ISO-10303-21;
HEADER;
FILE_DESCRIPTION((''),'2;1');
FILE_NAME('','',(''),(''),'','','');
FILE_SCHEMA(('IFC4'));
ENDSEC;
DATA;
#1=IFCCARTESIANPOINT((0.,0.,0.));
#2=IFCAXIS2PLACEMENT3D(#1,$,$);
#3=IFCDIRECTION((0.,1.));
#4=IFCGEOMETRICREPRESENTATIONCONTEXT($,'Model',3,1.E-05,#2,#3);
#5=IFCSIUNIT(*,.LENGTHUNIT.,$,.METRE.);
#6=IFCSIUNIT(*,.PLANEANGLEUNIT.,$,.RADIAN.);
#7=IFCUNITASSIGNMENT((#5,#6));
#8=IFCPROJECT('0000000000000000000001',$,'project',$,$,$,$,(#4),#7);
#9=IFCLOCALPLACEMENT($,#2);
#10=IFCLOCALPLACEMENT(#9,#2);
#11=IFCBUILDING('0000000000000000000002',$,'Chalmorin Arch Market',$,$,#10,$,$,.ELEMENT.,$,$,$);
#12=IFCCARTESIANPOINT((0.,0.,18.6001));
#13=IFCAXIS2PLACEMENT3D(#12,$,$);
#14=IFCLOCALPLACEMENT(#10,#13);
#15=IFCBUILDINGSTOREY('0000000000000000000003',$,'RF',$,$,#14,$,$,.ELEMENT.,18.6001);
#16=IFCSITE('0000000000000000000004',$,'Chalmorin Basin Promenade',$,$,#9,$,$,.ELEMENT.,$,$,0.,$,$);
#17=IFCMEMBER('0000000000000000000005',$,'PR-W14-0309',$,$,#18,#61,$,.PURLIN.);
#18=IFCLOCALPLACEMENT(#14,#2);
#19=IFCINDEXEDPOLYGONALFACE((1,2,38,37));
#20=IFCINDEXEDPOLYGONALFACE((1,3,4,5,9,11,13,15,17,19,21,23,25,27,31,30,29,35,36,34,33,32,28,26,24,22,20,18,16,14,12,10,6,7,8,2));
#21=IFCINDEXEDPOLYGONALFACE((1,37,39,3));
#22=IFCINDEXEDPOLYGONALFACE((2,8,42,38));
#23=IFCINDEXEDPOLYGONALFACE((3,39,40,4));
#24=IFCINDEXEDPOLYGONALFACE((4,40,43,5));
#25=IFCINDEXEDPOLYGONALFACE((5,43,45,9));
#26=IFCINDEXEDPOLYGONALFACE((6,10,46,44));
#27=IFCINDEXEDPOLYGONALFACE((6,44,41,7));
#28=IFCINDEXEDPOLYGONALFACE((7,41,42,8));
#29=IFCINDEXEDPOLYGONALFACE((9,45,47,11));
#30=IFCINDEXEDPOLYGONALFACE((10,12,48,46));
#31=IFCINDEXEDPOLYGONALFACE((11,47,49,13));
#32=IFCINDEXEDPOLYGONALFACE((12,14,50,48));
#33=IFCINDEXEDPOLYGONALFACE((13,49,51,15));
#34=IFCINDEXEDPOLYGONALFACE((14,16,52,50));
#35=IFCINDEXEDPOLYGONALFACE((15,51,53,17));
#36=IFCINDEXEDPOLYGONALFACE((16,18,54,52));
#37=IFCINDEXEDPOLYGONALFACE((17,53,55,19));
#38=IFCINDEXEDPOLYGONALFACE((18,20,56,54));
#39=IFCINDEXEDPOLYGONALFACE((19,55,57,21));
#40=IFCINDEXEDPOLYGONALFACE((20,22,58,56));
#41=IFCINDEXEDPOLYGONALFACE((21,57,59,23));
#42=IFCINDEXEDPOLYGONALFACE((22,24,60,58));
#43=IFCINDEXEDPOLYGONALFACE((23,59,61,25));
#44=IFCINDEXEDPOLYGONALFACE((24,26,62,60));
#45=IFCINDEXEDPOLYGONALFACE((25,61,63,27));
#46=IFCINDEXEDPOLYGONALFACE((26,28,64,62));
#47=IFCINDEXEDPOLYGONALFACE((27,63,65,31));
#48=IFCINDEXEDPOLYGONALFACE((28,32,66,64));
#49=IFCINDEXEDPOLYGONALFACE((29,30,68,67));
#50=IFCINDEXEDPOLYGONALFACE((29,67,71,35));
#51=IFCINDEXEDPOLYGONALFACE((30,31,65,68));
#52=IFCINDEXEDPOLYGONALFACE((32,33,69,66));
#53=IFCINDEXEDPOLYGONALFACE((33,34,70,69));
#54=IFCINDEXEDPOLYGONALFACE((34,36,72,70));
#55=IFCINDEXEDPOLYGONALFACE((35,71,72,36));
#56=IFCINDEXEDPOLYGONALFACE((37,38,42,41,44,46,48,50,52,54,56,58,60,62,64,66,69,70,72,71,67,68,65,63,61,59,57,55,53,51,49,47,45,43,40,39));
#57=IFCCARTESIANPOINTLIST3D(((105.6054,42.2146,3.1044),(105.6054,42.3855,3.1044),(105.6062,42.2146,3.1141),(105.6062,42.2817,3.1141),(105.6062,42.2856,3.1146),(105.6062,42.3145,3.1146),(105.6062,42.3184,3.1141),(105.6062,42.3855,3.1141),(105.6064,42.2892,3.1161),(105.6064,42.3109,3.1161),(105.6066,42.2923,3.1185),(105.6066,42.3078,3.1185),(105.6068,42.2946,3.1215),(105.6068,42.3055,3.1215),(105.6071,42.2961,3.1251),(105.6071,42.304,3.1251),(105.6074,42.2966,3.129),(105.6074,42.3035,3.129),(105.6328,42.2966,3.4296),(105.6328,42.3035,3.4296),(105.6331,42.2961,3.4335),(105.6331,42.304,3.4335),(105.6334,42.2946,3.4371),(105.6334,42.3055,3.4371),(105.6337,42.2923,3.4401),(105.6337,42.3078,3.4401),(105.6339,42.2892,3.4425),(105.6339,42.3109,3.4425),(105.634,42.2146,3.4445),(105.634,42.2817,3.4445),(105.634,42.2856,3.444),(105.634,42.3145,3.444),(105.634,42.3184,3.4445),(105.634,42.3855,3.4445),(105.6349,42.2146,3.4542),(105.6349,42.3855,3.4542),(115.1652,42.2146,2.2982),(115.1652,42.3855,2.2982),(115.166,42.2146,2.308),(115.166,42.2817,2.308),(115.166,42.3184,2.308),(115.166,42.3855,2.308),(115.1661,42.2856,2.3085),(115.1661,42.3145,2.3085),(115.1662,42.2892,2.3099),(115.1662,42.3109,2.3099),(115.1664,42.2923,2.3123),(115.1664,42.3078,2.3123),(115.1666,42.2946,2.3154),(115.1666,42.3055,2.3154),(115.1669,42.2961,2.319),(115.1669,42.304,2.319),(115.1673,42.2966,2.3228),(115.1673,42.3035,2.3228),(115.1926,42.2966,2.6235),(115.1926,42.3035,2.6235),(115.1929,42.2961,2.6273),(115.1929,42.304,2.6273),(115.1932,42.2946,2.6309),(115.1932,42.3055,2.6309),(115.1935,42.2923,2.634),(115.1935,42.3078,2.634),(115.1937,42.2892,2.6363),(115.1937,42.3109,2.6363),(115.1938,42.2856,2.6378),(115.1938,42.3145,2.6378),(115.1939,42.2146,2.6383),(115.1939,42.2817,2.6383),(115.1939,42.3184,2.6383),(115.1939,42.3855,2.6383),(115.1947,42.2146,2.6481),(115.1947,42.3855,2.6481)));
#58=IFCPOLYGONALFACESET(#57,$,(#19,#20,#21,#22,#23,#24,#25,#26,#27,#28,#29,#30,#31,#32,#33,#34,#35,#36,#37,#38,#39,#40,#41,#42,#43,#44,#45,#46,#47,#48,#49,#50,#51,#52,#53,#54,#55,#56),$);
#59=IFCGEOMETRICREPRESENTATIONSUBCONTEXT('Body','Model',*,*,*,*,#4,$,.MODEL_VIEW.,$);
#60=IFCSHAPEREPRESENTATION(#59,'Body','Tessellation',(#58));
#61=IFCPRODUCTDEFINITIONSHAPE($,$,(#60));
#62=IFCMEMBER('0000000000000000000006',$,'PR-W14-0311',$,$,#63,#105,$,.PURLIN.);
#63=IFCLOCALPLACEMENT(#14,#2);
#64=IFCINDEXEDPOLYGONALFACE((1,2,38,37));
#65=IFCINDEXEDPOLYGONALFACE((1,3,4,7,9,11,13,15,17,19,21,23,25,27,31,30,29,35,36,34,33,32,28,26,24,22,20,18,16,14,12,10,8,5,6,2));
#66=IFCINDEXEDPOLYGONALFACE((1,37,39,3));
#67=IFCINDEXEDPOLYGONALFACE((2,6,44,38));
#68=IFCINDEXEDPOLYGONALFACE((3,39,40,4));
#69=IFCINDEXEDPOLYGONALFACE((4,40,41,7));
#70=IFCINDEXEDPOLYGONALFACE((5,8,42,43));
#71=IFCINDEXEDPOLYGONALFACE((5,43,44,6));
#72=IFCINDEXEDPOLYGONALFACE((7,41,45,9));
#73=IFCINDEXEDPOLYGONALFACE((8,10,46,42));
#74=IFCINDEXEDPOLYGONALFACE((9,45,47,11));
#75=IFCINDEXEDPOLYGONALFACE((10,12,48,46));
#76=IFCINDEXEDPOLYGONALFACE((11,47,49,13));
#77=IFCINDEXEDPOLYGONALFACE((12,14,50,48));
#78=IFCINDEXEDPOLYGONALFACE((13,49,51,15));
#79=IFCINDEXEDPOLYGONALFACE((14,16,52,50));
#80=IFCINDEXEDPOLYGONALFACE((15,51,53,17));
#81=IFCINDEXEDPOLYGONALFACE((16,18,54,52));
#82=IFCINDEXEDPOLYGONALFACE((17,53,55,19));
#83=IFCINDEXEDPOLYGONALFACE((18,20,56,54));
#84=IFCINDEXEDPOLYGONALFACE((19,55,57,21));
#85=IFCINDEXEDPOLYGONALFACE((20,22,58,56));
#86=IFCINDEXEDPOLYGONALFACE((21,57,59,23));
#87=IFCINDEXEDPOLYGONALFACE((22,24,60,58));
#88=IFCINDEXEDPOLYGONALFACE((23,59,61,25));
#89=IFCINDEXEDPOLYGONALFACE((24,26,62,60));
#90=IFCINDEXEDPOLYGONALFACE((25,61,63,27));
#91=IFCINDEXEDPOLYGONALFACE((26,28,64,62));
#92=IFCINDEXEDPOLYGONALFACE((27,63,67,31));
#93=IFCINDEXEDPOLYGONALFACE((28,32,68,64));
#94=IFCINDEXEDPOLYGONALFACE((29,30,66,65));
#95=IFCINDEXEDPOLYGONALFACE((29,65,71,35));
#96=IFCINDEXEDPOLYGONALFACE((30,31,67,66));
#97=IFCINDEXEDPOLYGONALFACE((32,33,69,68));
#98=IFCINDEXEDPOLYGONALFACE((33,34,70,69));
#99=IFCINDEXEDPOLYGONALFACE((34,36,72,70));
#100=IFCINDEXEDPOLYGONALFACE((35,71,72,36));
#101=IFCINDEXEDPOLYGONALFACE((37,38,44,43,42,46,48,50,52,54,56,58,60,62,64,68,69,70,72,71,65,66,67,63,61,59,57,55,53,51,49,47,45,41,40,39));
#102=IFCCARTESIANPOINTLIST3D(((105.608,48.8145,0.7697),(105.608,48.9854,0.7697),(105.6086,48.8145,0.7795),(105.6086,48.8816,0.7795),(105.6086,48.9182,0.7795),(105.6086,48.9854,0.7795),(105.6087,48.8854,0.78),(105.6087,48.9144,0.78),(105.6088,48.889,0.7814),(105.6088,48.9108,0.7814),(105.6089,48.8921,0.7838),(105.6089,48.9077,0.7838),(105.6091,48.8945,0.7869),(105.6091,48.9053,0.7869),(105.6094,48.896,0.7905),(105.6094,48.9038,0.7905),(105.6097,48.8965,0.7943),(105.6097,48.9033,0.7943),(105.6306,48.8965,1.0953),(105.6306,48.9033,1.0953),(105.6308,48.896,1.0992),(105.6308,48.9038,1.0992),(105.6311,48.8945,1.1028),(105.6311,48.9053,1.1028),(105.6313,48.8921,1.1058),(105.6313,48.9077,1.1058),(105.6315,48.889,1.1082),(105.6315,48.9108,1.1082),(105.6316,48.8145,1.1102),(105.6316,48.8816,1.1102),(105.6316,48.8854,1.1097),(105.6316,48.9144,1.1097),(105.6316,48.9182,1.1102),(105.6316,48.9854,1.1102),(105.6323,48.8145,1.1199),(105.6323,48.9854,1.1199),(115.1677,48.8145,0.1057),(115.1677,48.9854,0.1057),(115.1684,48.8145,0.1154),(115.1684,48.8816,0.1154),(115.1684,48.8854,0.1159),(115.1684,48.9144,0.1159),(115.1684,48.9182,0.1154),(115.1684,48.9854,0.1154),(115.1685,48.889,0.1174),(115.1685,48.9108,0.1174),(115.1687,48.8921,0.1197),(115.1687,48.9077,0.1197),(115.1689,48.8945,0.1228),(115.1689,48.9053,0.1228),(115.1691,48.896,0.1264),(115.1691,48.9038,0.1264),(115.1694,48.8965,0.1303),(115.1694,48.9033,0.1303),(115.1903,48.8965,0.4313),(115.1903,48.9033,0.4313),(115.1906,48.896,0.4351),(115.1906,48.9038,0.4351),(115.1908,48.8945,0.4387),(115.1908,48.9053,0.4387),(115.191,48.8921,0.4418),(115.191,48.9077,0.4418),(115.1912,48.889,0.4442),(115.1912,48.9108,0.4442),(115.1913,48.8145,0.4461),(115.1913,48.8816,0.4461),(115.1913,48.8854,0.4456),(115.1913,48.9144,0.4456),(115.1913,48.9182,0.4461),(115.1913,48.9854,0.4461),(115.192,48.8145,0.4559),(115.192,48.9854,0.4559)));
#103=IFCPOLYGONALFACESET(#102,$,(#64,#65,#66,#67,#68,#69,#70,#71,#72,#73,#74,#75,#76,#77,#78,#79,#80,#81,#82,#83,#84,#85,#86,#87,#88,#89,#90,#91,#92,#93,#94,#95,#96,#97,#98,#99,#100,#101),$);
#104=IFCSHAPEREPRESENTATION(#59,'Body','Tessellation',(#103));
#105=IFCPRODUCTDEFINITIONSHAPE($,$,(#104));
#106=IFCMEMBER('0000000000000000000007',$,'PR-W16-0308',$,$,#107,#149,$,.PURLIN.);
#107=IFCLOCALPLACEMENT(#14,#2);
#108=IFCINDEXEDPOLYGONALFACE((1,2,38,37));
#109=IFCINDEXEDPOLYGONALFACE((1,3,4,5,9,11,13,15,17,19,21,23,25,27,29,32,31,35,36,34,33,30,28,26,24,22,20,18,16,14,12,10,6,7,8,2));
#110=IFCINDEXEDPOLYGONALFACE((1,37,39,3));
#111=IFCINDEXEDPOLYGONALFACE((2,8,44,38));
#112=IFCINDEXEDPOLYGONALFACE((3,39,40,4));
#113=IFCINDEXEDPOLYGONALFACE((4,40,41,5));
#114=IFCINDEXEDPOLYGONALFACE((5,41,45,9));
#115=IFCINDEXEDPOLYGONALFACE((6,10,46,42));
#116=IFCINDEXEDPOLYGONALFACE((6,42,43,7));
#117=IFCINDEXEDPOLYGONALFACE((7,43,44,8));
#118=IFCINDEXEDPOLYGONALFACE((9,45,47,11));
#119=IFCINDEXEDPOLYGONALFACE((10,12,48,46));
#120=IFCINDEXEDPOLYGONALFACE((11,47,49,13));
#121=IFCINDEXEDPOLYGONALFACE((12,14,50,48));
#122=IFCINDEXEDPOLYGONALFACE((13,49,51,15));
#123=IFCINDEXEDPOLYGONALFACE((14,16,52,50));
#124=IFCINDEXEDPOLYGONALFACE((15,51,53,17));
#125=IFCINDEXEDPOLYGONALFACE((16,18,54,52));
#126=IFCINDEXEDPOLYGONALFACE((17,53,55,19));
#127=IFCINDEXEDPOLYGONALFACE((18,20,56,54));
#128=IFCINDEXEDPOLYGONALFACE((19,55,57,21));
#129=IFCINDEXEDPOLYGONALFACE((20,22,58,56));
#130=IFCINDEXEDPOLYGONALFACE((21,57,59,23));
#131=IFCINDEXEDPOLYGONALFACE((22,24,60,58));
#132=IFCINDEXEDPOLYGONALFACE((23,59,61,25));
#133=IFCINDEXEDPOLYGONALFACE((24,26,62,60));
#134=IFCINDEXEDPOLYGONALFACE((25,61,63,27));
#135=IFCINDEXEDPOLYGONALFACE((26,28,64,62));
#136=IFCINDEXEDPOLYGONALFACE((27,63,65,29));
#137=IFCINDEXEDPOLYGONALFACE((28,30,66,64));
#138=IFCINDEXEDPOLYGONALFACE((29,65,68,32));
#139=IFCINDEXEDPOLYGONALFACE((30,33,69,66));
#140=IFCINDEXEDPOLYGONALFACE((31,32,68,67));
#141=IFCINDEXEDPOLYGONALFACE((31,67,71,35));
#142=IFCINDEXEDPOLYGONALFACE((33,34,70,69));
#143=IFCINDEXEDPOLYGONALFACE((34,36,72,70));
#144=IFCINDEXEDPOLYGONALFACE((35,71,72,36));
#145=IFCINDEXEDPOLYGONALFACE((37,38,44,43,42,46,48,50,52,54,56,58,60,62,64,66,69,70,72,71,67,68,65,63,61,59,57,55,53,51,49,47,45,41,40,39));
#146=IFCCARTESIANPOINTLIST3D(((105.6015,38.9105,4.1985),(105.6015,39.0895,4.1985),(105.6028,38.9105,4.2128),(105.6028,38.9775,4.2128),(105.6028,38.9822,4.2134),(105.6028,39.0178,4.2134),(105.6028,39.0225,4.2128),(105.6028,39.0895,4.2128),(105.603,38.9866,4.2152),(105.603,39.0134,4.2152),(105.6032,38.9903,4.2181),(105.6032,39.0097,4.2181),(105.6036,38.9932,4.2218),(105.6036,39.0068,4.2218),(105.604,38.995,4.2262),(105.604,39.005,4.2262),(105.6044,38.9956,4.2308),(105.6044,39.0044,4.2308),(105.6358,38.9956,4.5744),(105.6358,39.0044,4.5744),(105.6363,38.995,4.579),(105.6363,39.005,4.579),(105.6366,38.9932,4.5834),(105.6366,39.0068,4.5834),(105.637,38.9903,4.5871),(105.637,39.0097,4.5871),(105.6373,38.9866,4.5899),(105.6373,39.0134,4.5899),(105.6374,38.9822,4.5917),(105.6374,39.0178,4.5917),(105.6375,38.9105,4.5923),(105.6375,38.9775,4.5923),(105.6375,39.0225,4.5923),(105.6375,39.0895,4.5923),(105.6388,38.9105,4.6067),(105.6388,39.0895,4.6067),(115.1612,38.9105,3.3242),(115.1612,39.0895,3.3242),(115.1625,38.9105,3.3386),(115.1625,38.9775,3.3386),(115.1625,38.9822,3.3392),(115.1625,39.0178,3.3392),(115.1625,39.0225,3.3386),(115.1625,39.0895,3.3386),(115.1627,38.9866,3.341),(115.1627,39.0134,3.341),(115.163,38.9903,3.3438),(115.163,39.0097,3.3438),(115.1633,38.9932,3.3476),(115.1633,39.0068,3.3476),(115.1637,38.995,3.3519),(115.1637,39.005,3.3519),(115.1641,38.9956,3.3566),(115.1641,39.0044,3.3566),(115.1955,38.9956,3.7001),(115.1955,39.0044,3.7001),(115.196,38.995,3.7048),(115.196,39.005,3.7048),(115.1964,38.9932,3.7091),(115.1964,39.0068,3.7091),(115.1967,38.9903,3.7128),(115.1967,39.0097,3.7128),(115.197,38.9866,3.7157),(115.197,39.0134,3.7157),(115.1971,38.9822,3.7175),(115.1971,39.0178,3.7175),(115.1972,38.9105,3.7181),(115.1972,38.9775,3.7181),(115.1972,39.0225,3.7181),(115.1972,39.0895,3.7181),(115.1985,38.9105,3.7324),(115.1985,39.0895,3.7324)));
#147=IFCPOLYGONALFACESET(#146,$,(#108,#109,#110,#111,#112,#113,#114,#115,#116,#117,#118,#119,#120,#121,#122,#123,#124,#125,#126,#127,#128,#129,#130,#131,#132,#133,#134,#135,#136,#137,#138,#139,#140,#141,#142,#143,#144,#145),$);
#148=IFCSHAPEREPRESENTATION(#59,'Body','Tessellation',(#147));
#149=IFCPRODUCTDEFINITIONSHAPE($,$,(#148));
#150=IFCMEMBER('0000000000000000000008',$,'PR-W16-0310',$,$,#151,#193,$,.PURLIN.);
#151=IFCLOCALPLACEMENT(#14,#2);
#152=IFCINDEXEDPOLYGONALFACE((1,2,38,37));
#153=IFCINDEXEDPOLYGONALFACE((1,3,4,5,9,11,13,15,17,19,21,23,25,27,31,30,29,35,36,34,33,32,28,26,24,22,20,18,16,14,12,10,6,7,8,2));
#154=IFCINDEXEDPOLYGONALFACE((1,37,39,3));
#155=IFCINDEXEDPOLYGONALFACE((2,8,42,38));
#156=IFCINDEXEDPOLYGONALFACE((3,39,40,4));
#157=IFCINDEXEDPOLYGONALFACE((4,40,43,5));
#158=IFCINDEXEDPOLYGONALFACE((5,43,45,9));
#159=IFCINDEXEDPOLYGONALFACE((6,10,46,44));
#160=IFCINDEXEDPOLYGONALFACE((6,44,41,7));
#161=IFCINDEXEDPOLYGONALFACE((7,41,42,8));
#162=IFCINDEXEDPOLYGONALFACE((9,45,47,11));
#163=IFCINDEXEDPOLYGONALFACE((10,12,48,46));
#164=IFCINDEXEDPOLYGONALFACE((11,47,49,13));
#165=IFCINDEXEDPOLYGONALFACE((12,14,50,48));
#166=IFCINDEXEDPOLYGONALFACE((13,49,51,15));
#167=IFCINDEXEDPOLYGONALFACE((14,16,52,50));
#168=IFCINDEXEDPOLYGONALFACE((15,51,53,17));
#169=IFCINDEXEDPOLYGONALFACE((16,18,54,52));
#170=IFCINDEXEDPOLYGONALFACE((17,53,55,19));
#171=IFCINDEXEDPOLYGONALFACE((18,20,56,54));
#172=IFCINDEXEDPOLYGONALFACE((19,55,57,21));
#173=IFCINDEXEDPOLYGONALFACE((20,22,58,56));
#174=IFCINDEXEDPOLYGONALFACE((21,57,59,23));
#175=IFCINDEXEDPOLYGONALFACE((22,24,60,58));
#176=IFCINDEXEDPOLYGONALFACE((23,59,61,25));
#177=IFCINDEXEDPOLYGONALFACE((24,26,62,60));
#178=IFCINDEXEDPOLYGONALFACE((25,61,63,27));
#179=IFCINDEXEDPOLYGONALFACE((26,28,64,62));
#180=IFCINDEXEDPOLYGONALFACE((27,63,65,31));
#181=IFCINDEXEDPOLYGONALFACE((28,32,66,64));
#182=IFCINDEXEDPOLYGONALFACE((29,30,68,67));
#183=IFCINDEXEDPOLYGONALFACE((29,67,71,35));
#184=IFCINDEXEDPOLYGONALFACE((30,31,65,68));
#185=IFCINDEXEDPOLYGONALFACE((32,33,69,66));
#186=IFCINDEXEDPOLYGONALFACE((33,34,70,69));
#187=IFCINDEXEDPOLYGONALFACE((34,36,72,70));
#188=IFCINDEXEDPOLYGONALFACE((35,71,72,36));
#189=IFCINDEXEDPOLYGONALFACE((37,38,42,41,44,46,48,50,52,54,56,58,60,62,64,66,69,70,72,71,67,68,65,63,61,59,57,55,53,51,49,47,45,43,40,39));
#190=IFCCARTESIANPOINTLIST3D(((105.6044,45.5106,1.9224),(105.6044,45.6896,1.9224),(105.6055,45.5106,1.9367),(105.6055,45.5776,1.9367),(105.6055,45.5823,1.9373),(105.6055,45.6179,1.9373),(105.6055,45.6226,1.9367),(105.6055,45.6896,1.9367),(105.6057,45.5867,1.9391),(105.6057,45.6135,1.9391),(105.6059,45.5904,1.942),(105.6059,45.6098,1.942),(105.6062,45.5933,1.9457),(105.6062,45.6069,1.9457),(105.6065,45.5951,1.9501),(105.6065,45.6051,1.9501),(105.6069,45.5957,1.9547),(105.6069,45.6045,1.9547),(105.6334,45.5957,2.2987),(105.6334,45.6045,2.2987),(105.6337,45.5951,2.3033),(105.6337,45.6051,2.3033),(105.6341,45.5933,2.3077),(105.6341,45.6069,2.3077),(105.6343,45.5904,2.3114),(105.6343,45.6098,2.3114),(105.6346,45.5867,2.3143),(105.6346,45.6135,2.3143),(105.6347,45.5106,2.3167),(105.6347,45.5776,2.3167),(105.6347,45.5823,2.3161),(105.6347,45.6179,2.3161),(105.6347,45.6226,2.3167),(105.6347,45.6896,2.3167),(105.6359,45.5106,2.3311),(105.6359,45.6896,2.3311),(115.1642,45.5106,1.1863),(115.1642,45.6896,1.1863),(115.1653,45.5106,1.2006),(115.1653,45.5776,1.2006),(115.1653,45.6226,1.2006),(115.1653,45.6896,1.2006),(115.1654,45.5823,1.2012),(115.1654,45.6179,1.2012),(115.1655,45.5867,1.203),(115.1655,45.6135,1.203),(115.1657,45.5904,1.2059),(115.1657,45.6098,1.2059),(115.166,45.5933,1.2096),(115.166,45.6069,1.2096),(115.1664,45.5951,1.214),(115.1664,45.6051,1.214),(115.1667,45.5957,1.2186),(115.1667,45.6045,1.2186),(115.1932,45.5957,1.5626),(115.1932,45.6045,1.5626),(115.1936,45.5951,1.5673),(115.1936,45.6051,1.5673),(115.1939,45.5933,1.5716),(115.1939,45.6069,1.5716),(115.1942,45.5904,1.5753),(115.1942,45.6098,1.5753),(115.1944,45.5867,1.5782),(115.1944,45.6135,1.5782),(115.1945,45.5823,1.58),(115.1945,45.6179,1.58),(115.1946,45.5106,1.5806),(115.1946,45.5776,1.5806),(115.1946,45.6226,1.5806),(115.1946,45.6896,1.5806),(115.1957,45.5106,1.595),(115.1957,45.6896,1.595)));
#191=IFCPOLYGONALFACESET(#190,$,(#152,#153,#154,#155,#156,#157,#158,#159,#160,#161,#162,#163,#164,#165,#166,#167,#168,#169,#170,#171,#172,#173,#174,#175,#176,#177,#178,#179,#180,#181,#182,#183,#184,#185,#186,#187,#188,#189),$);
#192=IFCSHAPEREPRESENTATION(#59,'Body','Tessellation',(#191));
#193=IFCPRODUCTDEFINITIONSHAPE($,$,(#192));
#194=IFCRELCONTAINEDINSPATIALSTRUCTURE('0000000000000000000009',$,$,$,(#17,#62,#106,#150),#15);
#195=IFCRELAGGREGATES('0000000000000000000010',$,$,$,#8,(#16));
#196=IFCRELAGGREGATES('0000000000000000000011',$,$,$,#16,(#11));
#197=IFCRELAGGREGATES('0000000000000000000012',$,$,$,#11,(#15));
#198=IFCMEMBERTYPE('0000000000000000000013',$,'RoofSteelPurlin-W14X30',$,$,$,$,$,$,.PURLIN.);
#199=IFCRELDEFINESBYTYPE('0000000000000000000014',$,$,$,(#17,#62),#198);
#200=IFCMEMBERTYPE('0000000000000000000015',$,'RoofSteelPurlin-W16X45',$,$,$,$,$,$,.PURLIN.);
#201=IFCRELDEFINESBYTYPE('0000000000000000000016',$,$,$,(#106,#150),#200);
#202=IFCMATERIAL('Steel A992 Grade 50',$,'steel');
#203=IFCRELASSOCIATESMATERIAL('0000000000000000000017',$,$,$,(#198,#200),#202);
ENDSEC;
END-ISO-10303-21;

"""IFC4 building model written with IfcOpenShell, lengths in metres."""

from ifc_helpers import new_model, si_unit, direction, frame, origin, origin_2d, place, context, subcontext, project, spatial, i_section, extrude, material, material_profile, profile_set, type_object, element, save


model = new_model("IFC4")

# Units and contexts
model_context = context("Model", 3, precision=1e-05, world=origin(), true_north=direction((0.0, 1.0)))
body_context = subcontext(model_context, "Body", "Model", "MODEL_VIEW")
ifc_project = project(units=[si_unit("LENGTHUNIT", "METRE"), si_unit("PLANEANGLEUNIT", "RADIAN")], contexts=[model_context])

# Site, building, storey
site_placement = place(None, origin())
site = spatial("IfcSite", under=ifc_project, at=site_placement, Name="Chalmorin Basin Promenade", CompositionType="ELEMENT", RefElevation=0.0)
building_placement = place(site_placement, origin())
building = spatial("IfcBuilding", under=site, at=building_placement, Name="Chalmorin Arch Market", CompositionType="ELEMENT")
storey_placement = place(building_placement, frame((0.0, 0.0, 18.6001)))
storey = spatial("IfcBuildingStorey", under=building, at=storey_placement, Name="RF", CompositionType="ELEMENT", Elevation=18.6001)

# Members
ifc_material_1 = material(Name="Steel A992 Grade 50", Category="steel")
ifc_material_profile_1 = material_profile(ifc_material_1, i_section(OverallWidth=0.1709, OverallDepth=0.3511, WebThickness=0.0068, FlangeThickness=0.0098, FilletRadius=0.0149, at=origin_2d()), Name="W14X30")
ifc_profile_set_1 = profile_set([ifc_material_profile_1], Name="Steel A992 Grade 50")
member_type_1 = type_object("IfcMemberType", Name="RoofSteelPurlin-W14X30", PredefinedType="PURLIN", material=ifc_profile_set_1)
member_1_placement = place(storey_placement, frame((105.6201, 42.3, 3.2793), z_axis=(0.996463, 0.0, -0.084029), x_axis=(0.0, 1.0, 0.0)))
element("IfcMember", 1, at=member_1_placement, inside=storey, type_object=member_type_1, Name="PR-W14-0309", PredefinedType="PURLIN", context=body_context, shape_type="SweptSolid", body=[
    extrude(i_section(OverallWidth=0.1709, OverallDepth=0.3511, WebThickness=0.0068, FlangeThickness=0.0098, FilletRadius=0.0149, at=origin_2d()), origin(), (0.0, 0.0, 1.0), 9.5938),
])
member_2_placement = place(storey_placement, frame((105.6201, 48.8999, 0.9448), z_axis=(0.997596, 0.0, -0.069297), x_axis=(0.0, 1.0, 0.0)))
element("IfcMember", 2, at=member_2_placement, inside=storey, type_object=member_type_1, Name="PR-W14-0311", PredefinedType="PURLIN", context=body_context, shape_type="SweptSolid", body=[
    extrude(i_section(OverallWidth=0.1709, OverallDepth=0.3511, WebThickness=0.0068, FlangeThickness=0.0098, FilletRadius=0.0149, at=origin_2d()), origin(), (0.0, 0.0, 1.0), 9.5828),
])
ifc_material_profile_2 = material_profile(ifc_material_1, i_section(OverallWidth=0.179, OverallDepth=0.4099, WebThickness=0.0088, FlangeThickness=0.0144, FilletRadius=0.0181, at=origin_2d()), Name="W16X45")
ifc_profile_set_2 = profile_set([ifc_material_profile_2], Name="Steel A992 Grade 50")
member_type_2 = type_object("IfcMemberType", Name="RoofSteelPurlin-W16X45", PredefinedType="PURLIN", material=ifc_profile_set_2)
member_3_placement = place(storey_placement, frame((105.6201, 39.0, 4.4026), z_axis=(0.995844, 0.0, -0.091072), x_axis=(0.0, 1.0, 0.0)))
element("IfcMember", 3, at=member_3_placement, inside=storey, type_object=member_type_2, Name="PR-W16-0308", PredefinedType="PURLIN", context=body_context, shape_type="SweptSolid", body=[
    extrude(i_section(OverallWidth=0.179, OverallDepth=0.4099, WebThickness=0.0088, FlangeThickness=0.0144, FilletRadius=0.0181, at=origin_2d()), origin(), (0.0, 0.0, 1.0), 9.5996),
])
member_4_placement = place(storey_placement, frame((105.6201, 45.6001, 2.1267), z_axis=(0.997049, 0.0, -0.07677), x_axis=(0.0, 1.0, 0.0)))
element("IfcMember", 4, at=member_4_placement, inside=storey, type_object=member_type_2, Name="PR-W16-0310", PredefinedType="PURLIN", context=body_context, shape_type="SweptSolid", body=[
    extrude(i_section(OverallWidth=0.179, OverallDepth=0.4099, WebThickness=0.0088, FlangeThickness=0.0144, FilletRadius=0.0181, at=origin_2d()), origin(), (0.0, 0.0, 1.0), 9.5881),
])

save(model, "model.ifc")
